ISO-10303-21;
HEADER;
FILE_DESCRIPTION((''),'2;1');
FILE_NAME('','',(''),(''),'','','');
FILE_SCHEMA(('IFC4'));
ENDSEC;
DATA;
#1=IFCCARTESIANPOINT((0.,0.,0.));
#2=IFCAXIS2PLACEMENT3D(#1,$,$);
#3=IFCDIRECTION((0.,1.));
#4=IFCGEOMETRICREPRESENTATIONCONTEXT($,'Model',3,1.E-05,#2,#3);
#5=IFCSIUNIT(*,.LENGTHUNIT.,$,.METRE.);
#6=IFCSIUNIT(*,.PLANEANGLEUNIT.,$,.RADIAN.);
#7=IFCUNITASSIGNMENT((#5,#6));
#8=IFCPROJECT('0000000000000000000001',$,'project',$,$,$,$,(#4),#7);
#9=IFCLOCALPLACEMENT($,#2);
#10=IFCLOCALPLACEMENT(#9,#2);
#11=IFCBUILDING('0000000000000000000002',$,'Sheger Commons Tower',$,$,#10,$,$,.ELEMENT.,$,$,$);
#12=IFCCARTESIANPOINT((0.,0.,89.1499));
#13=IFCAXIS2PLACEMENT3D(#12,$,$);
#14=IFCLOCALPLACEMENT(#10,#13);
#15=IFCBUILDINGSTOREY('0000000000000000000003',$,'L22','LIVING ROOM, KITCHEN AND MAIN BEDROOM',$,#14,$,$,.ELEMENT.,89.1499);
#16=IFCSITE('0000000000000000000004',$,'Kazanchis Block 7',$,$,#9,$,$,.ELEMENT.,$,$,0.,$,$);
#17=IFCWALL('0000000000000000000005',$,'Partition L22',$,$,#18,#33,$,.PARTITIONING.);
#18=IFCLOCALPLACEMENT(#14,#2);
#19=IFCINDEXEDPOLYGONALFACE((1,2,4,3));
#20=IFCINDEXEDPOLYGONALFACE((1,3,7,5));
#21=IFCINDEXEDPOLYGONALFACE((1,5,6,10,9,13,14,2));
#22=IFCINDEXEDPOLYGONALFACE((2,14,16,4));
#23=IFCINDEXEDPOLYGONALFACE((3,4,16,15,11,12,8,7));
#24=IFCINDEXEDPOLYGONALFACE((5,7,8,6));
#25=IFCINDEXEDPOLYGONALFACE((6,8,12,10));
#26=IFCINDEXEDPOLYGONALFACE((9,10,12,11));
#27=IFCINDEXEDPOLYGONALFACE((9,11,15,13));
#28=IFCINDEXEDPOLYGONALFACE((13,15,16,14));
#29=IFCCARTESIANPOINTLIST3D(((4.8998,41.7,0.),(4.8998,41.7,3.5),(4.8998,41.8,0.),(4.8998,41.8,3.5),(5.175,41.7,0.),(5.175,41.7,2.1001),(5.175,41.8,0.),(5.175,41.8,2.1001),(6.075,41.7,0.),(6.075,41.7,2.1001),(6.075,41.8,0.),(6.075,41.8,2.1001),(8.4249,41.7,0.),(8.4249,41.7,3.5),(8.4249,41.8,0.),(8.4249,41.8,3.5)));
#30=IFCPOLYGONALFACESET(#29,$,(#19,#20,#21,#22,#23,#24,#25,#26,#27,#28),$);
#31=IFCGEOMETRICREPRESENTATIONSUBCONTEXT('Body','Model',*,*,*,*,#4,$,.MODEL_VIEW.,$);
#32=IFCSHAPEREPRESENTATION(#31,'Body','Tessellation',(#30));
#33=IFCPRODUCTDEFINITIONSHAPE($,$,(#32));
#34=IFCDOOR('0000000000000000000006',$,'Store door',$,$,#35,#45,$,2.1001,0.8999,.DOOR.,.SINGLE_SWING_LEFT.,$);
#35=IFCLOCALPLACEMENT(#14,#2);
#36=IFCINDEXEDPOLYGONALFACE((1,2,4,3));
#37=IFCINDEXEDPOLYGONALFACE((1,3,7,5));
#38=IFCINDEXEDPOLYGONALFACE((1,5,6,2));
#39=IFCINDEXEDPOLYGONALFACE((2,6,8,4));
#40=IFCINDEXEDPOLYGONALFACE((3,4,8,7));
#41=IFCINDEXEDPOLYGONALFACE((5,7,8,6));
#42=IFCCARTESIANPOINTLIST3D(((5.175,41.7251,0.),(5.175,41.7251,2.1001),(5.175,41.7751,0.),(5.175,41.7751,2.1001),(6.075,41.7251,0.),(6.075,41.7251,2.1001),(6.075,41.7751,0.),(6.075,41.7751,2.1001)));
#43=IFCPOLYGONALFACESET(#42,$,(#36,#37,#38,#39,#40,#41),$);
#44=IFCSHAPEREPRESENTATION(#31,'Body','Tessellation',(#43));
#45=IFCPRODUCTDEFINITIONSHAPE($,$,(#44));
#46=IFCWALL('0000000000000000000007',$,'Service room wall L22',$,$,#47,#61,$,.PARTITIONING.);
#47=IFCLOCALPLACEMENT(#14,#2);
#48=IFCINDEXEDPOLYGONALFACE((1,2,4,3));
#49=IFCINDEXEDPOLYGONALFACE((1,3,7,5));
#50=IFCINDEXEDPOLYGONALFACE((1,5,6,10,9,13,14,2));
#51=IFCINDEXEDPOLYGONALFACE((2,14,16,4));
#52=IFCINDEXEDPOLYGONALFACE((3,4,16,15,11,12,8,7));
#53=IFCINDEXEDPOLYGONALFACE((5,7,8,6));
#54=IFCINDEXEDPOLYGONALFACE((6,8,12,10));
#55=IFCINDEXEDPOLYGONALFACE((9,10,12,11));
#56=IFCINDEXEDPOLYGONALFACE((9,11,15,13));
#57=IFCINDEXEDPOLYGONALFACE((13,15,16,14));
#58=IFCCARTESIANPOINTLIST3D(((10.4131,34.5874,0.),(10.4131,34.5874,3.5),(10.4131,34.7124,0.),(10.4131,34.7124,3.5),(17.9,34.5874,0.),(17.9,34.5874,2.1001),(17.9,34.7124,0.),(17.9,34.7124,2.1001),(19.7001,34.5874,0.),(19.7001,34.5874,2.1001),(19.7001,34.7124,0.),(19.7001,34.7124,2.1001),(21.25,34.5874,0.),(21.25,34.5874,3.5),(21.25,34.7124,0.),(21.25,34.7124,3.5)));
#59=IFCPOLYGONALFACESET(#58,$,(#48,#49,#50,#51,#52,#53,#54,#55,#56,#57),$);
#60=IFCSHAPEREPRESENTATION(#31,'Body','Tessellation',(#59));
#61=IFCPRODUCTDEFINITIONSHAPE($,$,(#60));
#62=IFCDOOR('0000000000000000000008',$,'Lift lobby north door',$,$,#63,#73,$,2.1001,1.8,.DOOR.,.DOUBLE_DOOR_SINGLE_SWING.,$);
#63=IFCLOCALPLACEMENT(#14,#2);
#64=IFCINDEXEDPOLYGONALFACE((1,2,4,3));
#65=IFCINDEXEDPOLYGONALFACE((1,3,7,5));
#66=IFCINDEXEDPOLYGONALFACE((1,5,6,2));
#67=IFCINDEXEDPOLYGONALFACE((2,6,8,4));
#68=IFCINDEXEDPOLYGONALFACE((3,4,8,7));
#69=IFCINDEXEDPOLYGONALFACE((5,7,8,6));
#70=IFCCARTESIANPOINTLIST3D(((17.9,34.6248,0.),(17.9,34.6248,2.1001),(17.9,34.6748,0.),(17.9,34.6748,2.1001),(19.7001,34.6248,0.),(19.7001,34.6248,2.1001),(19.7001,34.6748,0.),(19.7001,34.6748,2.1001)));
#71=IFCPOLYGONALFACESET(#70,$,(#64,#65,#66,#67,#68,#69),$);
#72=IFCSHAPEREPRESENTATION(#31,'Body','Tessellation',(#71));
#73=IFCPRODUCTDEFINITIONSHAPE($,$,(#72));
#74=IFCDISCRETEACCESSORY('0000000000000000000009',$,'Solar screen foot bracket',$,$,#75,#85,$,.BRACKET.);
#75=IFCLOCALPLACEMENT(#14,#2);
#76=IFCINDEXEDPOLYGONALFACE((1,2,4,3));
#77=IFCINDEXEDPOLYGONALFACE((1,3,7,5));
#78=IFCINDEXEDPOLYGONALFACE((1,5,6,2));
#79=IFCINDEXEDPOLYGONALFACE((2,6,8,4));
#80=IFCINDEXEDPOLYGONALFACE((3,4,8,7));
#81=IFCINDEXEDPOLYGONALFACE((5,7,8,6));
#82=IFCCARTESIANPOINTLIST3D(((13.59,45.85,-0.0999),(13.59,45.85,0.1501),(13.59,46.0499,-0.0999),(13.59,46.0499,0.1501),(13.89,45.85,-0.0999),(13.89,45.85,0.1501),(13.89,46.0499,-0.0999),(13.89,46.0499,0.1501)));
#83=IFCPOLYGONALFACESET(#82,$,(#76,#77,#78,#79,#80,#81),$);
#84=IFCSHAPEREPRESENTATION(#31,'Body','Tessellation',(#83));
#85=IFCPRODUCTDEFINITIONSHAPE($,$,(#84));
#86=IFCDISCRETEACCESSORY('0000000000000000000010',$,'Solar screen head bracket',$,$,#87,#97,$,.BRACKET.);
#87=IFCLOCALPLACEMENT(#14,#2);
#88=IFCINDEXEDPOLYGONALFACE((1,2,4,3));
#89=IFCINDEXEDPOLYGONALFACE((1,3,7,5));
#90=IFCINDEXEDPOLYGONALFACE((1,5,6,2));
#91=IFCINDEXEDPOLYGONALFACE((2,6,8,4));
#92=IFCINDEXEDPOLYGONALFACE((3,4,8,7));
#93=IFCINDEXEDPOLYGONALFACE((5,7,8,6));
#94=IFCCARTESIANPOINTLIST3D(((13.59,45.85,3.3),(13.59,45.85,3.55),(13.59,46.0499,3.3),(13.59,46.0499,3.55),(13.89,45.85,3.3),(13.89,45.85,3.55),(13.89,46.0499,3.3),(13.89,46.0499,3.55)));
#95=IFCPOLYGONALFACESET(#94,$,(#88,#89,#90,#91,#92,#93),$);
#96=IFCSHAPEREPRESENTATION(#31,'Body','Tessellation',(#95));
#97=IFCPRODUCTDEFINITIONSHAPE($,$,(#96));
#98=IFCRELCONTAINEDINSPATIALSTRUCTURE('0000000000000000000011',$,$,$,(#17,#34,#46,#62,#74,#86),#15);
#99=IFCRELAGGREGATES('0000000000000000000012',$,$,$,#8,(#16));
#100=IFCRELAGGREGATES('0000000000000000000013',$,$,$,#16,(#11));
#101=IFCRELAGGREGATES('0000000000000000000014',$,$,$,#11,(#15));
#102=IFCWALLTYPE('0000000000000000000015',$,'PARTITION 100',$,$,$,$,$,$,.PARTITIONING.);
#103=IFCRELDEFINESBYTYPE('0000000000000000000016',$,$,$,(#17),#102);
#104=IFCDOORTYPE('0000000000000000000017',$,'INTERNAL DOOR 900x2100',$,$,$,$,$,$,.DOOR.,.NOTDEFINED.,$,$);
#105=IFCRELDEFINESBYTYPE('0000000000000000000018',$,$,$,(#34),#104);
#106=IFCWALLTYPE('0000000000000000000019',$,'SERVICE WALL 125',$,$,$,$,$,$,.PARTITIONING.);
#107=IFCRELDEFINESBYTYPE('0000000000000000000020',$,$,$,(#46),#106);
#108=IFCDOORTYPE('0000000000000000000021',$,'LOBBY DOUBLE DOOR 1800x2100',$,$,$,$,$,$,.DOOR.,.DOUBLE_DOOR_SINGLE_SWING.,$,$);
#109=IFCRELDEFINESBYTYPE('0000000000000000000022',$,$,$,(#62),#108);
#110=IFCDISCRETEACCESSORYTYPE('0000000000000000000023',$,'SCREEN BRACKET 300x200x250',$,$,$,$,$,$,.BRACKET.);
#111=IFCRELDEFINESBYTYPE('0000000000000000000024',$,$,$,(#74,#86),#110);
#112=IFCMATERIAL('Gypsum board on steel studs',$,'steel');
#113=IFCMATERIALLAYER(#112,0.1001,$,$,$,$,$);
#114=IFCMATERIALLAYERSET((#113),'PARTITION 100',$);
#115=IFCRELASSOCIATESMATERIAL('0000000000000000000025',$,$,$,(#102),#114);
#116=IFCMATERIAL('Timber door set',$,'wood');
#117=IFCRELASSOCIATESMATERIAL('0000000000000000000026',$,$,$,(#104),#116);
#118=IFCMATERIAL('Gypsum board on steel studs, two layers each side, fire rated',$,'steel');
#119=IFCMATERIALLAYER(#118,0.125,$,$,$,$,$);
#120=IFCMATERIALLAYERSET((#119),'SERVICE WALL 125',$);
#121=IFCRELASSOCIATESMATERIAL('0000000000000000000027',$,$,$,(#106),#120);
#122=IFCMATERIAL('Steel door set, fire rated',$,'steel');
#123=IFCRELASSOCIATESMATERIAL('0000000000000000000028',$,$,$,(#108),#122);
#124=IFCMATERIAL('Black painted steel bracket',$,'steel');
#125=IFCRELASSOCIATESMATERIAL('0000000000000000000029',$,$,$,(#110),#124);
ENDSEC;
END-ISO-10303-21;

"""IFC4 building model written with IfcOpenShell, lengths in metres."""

from ifc_helpers import new_model, si_unit, direction, frame, frame_2d, origin, origin_2d, place, context, subcontext, project, spatial, rectangle, extrude, material, layer, layer_set, type_object, element, fill, save


model = new_model("IFC4")

# Units and contexts
model_context = context("Model", 3, precision=1e-05, world=origin(), true_north=direction((0.0, 1.0)))
body_context = subcontext(model_context, "Body", "Model", "MODEL_VIEW")
ifc_project = project(units=[si_unit("LENGTHUNIT", "METRE"), si_unit("PLANEANGLEUNIT", "RADIAN")], contexts=[model_context])

# Site, building, storey
site_placement = place(None, origin())
site = spatial("IfcSite", under=ifc_project, at=site_placement, Name="Kazanchis Block 7", CompositionType="ELEMENT", RefElevation=0.0)
building_placement = place(site_placement, origin())
building = spatial("IfcBuilding", under=site, at=building_placement, Name="Sheger Commons Tower", CompositionType="ELEMENT")
storey_placement = place(building_placement, frame((0.0, 0.0, 89.1499)))
storey = spatial("IfcBuildingStorey", under=building, at=storey_placement, Name="L22", Description="LIVING ROOM, KITCHEN AND MAIN BEDROOM", CompositionType="ELEMENT", Elevation=89.1499)

# Shared definitions
ifc_material_1 = material(Name="Gypsum board on steel studs", Category="steel")
ifc_layer_1 = layer(ifc_material_1, 0.1001)
ifc_layer_set_1 = layer_set([ifc_layer_1], Name="PARTITION 100")
wall_type_1 = type_object("IfcWallType", Name="PARTITION 100", PredefinedType="PARTITIONING", material=ifc_layer_set_1)

# Walls, openings, doors
wall_1_placement = place(storey_placement, frame((8.425, 41.75, 0.0), z_axis=(0.0, 0.0, 1.0), x_axis=(-1.0, 0.0, 0.0)))
wall_1 = element("IfcWall", 1, at=wall_1_placement, inside=storey, type_object=wall_type_1, Name="Partition L22", PredefinedType="PARTITIONING", context=body_context, shape_type="SweptSolid", body=[
    extrude(rectangle(XDim=3.5251, YDim=0.1001, at=frame_2d((1.7627, 0.0))), origin(), (0.0, 0.0, 1.0), 3.5),
])
opening_1_placement = place(wall_1_placement, frame((2.3501, 0.0, 0.0)))
opening_1 = element("IfcOpeningElement", 2, at=opening_1_placement, cuts=wall_1, PredefinedType="OPENING", context=body_context, shape_type="SweptSolid", body=[
    extrude(rectangle(XDim=0.8999, YDim=2.1001, at=frame_2d((0.45, 1.05))), frame((0.0, 0.0601, 0.0), z_axis=(0.0, -1.0, 0.0), x_axis=(1.0, 0.0, 0.0)), (0.0, 0.0, 1.0), 0.1201),
])
ifc_material_2 = material(Name="Timber door set", Category="wood")
door_type_1 = type_object("IfcDoorType", Name="INTERNAL DOOR 900x2100", OperationType="NOTDEFINED", PredefinedType="DOOR", material=ifc_material_2)
door_1_placement = place(opening_1_placement, origin())
door_1 = element("IfcDoor", 3, at=door_1_placement, inside=storey, type_object=door_type_1, Name="Store door", OperationType="SINGLE_SWING_LEFT", OverallHeight=2.1001, OverallWidth=0.8999, PredefinedType="DOOR", context=body_context, shape_type="SweptSolid", body=[
    extrude(rectangle(XDim=0.8999, YDim=2.1001, at=frame_2d((0.45, 1.05))), frame((0.0, 0.0249, 0.0), z_axis=(0.0, -1.0, 0.0), x_axis=(1.0, 0.0, 0.0)), (0.0, 0.0, 1.0), 0.05),
])
fill(opening_1, door_1)
ifc_material_3 = material(Name="Gypsum board on steel studs, two layers each side, fire rated", Category="steel")
ifc_layer_2 = layer(ifc_material_3, 0.125)
ifc_layer_set_2 = layer_set([ifc_layer_2], Name="SERVICE WALL 125")
wall_type_2 = type_object("IfcWallType", Name="SERVICE WALL 125", PredefinedType="PARTITIONING", material=ifc_layer_set_2)
wall_2_placement = place(storey_placement, frame((10.4131, 34.6499, 0.0), z_axis=(0.0, 0.0, 1.0), x_axis=(1.0, 0.0, 0.0)))
wall_2 = element("IfcWall", 4, at=wall_2_placement, inside=storey, type_object=wall_type_2, Name="Service room wall L22", PredefinedType="PARTITIONING", context=body_context, shape_type="SweptSolid", body=[
    extrude(rectangle(XDim=10.8369, YDim=0.125, at=frame_2d((5.4185, 0.0))), origin(), (0.0, 0.0, 1.0), 3.5),
])
opening_2_placement = place(wall_2_placement, frame((7.4871, 0.0, 0.0)))
opening_2 = element("IfcOpeningElement", 5, at=opening_2_placement, cuts=wall_2, PredefinedType="OPENING", context=body_context, shape_type="SweptSolid", body=[
    extrude(rectangle(XDim=1.8, YDim=2.1001, at=frame_2d((0.8999, 1.05))), frame((0.0, 0.0725, 0.0), z_axis=(0.0, -1.0, 0.0), x_axis=(1.0, 0.0, 0.0)), (0.0, 0.0, 1.0), 0.145),
])
ifc_material_4 = material(Name="Steel door set, fire rated", Category="steel")
door_type_2 = type_object("IfcDoorType", Name="LOBBY DOUBLE DOOR 1800x2100", OperationType="DOUBLE_DOOR_SINGLE_SWING", PredefinedType="DOOR", material=ifc_material_4)
door_2_placement = place(opening_2_placement, origin())
door_2 = element("IfcDoor", 6, at=door_2_placement, inside=storey, type_object=door_type_2, Name="Lift lobby north door", OperationType="DOUBLE_DOOR_SINGLE_SWING", OverallHeight=2.1001, OverallWidth=1.8, PredefinedType="DOOR", context=body_context, shape_type="SweptSolid", body=[
    extrude(rectangle(XDim=1.8, YDim=2.1001, at=frame_2d((0.8999, 1.05))), frame((0.0, 0.0249, 0.0), z_axis=(0.0, -1.0, 0.0), x_axis=(1.0, 0.0, 0.0)), (0.0, 0.0, 1.0), 0.05),
])
fill(opening_2, door_2)

# Discrete accessories
ifc_material_5 = material(Name="Black painted steel bracket", Category="steel")
discrete_accessory_type = type_object("IfcDiscreteAccessoryType", Name="SCREEN BRACKET 300x200x250", PredefinedType="BRACKET", material=ifc_material_5)
for number, where, z_axis, x_axis, name in (
    (7, (13.74, 45.95, -0.0999), (0.0, 0.0, 1.0), (-1.0, 0.0, 0.0), "Solar screen foot bracket"),
    (8, (13.74, 45.95, 3.3), (0.0, 0.0, 1.0), (-1.0, 0.0, 0.0), "Solar screen head bracket"),
):
    element("IfcDiscreteAccessory", number, at=place(storey_placement, frame(where, z_axis=z_axis, x_axis=x_axis)), inside=storey, type_object=discrete_accessory_type, Name=name, PredefinedType="BRACKET", context=body_context, shape_type="SweptSolid", body=[
        extrude(rectangle(XDim=0.3, YDim=0.2, at=origin_2d()), origin(), (0.0, 0.0, 1.0), 0.25),
    ])

save(model, "model.ifc")
